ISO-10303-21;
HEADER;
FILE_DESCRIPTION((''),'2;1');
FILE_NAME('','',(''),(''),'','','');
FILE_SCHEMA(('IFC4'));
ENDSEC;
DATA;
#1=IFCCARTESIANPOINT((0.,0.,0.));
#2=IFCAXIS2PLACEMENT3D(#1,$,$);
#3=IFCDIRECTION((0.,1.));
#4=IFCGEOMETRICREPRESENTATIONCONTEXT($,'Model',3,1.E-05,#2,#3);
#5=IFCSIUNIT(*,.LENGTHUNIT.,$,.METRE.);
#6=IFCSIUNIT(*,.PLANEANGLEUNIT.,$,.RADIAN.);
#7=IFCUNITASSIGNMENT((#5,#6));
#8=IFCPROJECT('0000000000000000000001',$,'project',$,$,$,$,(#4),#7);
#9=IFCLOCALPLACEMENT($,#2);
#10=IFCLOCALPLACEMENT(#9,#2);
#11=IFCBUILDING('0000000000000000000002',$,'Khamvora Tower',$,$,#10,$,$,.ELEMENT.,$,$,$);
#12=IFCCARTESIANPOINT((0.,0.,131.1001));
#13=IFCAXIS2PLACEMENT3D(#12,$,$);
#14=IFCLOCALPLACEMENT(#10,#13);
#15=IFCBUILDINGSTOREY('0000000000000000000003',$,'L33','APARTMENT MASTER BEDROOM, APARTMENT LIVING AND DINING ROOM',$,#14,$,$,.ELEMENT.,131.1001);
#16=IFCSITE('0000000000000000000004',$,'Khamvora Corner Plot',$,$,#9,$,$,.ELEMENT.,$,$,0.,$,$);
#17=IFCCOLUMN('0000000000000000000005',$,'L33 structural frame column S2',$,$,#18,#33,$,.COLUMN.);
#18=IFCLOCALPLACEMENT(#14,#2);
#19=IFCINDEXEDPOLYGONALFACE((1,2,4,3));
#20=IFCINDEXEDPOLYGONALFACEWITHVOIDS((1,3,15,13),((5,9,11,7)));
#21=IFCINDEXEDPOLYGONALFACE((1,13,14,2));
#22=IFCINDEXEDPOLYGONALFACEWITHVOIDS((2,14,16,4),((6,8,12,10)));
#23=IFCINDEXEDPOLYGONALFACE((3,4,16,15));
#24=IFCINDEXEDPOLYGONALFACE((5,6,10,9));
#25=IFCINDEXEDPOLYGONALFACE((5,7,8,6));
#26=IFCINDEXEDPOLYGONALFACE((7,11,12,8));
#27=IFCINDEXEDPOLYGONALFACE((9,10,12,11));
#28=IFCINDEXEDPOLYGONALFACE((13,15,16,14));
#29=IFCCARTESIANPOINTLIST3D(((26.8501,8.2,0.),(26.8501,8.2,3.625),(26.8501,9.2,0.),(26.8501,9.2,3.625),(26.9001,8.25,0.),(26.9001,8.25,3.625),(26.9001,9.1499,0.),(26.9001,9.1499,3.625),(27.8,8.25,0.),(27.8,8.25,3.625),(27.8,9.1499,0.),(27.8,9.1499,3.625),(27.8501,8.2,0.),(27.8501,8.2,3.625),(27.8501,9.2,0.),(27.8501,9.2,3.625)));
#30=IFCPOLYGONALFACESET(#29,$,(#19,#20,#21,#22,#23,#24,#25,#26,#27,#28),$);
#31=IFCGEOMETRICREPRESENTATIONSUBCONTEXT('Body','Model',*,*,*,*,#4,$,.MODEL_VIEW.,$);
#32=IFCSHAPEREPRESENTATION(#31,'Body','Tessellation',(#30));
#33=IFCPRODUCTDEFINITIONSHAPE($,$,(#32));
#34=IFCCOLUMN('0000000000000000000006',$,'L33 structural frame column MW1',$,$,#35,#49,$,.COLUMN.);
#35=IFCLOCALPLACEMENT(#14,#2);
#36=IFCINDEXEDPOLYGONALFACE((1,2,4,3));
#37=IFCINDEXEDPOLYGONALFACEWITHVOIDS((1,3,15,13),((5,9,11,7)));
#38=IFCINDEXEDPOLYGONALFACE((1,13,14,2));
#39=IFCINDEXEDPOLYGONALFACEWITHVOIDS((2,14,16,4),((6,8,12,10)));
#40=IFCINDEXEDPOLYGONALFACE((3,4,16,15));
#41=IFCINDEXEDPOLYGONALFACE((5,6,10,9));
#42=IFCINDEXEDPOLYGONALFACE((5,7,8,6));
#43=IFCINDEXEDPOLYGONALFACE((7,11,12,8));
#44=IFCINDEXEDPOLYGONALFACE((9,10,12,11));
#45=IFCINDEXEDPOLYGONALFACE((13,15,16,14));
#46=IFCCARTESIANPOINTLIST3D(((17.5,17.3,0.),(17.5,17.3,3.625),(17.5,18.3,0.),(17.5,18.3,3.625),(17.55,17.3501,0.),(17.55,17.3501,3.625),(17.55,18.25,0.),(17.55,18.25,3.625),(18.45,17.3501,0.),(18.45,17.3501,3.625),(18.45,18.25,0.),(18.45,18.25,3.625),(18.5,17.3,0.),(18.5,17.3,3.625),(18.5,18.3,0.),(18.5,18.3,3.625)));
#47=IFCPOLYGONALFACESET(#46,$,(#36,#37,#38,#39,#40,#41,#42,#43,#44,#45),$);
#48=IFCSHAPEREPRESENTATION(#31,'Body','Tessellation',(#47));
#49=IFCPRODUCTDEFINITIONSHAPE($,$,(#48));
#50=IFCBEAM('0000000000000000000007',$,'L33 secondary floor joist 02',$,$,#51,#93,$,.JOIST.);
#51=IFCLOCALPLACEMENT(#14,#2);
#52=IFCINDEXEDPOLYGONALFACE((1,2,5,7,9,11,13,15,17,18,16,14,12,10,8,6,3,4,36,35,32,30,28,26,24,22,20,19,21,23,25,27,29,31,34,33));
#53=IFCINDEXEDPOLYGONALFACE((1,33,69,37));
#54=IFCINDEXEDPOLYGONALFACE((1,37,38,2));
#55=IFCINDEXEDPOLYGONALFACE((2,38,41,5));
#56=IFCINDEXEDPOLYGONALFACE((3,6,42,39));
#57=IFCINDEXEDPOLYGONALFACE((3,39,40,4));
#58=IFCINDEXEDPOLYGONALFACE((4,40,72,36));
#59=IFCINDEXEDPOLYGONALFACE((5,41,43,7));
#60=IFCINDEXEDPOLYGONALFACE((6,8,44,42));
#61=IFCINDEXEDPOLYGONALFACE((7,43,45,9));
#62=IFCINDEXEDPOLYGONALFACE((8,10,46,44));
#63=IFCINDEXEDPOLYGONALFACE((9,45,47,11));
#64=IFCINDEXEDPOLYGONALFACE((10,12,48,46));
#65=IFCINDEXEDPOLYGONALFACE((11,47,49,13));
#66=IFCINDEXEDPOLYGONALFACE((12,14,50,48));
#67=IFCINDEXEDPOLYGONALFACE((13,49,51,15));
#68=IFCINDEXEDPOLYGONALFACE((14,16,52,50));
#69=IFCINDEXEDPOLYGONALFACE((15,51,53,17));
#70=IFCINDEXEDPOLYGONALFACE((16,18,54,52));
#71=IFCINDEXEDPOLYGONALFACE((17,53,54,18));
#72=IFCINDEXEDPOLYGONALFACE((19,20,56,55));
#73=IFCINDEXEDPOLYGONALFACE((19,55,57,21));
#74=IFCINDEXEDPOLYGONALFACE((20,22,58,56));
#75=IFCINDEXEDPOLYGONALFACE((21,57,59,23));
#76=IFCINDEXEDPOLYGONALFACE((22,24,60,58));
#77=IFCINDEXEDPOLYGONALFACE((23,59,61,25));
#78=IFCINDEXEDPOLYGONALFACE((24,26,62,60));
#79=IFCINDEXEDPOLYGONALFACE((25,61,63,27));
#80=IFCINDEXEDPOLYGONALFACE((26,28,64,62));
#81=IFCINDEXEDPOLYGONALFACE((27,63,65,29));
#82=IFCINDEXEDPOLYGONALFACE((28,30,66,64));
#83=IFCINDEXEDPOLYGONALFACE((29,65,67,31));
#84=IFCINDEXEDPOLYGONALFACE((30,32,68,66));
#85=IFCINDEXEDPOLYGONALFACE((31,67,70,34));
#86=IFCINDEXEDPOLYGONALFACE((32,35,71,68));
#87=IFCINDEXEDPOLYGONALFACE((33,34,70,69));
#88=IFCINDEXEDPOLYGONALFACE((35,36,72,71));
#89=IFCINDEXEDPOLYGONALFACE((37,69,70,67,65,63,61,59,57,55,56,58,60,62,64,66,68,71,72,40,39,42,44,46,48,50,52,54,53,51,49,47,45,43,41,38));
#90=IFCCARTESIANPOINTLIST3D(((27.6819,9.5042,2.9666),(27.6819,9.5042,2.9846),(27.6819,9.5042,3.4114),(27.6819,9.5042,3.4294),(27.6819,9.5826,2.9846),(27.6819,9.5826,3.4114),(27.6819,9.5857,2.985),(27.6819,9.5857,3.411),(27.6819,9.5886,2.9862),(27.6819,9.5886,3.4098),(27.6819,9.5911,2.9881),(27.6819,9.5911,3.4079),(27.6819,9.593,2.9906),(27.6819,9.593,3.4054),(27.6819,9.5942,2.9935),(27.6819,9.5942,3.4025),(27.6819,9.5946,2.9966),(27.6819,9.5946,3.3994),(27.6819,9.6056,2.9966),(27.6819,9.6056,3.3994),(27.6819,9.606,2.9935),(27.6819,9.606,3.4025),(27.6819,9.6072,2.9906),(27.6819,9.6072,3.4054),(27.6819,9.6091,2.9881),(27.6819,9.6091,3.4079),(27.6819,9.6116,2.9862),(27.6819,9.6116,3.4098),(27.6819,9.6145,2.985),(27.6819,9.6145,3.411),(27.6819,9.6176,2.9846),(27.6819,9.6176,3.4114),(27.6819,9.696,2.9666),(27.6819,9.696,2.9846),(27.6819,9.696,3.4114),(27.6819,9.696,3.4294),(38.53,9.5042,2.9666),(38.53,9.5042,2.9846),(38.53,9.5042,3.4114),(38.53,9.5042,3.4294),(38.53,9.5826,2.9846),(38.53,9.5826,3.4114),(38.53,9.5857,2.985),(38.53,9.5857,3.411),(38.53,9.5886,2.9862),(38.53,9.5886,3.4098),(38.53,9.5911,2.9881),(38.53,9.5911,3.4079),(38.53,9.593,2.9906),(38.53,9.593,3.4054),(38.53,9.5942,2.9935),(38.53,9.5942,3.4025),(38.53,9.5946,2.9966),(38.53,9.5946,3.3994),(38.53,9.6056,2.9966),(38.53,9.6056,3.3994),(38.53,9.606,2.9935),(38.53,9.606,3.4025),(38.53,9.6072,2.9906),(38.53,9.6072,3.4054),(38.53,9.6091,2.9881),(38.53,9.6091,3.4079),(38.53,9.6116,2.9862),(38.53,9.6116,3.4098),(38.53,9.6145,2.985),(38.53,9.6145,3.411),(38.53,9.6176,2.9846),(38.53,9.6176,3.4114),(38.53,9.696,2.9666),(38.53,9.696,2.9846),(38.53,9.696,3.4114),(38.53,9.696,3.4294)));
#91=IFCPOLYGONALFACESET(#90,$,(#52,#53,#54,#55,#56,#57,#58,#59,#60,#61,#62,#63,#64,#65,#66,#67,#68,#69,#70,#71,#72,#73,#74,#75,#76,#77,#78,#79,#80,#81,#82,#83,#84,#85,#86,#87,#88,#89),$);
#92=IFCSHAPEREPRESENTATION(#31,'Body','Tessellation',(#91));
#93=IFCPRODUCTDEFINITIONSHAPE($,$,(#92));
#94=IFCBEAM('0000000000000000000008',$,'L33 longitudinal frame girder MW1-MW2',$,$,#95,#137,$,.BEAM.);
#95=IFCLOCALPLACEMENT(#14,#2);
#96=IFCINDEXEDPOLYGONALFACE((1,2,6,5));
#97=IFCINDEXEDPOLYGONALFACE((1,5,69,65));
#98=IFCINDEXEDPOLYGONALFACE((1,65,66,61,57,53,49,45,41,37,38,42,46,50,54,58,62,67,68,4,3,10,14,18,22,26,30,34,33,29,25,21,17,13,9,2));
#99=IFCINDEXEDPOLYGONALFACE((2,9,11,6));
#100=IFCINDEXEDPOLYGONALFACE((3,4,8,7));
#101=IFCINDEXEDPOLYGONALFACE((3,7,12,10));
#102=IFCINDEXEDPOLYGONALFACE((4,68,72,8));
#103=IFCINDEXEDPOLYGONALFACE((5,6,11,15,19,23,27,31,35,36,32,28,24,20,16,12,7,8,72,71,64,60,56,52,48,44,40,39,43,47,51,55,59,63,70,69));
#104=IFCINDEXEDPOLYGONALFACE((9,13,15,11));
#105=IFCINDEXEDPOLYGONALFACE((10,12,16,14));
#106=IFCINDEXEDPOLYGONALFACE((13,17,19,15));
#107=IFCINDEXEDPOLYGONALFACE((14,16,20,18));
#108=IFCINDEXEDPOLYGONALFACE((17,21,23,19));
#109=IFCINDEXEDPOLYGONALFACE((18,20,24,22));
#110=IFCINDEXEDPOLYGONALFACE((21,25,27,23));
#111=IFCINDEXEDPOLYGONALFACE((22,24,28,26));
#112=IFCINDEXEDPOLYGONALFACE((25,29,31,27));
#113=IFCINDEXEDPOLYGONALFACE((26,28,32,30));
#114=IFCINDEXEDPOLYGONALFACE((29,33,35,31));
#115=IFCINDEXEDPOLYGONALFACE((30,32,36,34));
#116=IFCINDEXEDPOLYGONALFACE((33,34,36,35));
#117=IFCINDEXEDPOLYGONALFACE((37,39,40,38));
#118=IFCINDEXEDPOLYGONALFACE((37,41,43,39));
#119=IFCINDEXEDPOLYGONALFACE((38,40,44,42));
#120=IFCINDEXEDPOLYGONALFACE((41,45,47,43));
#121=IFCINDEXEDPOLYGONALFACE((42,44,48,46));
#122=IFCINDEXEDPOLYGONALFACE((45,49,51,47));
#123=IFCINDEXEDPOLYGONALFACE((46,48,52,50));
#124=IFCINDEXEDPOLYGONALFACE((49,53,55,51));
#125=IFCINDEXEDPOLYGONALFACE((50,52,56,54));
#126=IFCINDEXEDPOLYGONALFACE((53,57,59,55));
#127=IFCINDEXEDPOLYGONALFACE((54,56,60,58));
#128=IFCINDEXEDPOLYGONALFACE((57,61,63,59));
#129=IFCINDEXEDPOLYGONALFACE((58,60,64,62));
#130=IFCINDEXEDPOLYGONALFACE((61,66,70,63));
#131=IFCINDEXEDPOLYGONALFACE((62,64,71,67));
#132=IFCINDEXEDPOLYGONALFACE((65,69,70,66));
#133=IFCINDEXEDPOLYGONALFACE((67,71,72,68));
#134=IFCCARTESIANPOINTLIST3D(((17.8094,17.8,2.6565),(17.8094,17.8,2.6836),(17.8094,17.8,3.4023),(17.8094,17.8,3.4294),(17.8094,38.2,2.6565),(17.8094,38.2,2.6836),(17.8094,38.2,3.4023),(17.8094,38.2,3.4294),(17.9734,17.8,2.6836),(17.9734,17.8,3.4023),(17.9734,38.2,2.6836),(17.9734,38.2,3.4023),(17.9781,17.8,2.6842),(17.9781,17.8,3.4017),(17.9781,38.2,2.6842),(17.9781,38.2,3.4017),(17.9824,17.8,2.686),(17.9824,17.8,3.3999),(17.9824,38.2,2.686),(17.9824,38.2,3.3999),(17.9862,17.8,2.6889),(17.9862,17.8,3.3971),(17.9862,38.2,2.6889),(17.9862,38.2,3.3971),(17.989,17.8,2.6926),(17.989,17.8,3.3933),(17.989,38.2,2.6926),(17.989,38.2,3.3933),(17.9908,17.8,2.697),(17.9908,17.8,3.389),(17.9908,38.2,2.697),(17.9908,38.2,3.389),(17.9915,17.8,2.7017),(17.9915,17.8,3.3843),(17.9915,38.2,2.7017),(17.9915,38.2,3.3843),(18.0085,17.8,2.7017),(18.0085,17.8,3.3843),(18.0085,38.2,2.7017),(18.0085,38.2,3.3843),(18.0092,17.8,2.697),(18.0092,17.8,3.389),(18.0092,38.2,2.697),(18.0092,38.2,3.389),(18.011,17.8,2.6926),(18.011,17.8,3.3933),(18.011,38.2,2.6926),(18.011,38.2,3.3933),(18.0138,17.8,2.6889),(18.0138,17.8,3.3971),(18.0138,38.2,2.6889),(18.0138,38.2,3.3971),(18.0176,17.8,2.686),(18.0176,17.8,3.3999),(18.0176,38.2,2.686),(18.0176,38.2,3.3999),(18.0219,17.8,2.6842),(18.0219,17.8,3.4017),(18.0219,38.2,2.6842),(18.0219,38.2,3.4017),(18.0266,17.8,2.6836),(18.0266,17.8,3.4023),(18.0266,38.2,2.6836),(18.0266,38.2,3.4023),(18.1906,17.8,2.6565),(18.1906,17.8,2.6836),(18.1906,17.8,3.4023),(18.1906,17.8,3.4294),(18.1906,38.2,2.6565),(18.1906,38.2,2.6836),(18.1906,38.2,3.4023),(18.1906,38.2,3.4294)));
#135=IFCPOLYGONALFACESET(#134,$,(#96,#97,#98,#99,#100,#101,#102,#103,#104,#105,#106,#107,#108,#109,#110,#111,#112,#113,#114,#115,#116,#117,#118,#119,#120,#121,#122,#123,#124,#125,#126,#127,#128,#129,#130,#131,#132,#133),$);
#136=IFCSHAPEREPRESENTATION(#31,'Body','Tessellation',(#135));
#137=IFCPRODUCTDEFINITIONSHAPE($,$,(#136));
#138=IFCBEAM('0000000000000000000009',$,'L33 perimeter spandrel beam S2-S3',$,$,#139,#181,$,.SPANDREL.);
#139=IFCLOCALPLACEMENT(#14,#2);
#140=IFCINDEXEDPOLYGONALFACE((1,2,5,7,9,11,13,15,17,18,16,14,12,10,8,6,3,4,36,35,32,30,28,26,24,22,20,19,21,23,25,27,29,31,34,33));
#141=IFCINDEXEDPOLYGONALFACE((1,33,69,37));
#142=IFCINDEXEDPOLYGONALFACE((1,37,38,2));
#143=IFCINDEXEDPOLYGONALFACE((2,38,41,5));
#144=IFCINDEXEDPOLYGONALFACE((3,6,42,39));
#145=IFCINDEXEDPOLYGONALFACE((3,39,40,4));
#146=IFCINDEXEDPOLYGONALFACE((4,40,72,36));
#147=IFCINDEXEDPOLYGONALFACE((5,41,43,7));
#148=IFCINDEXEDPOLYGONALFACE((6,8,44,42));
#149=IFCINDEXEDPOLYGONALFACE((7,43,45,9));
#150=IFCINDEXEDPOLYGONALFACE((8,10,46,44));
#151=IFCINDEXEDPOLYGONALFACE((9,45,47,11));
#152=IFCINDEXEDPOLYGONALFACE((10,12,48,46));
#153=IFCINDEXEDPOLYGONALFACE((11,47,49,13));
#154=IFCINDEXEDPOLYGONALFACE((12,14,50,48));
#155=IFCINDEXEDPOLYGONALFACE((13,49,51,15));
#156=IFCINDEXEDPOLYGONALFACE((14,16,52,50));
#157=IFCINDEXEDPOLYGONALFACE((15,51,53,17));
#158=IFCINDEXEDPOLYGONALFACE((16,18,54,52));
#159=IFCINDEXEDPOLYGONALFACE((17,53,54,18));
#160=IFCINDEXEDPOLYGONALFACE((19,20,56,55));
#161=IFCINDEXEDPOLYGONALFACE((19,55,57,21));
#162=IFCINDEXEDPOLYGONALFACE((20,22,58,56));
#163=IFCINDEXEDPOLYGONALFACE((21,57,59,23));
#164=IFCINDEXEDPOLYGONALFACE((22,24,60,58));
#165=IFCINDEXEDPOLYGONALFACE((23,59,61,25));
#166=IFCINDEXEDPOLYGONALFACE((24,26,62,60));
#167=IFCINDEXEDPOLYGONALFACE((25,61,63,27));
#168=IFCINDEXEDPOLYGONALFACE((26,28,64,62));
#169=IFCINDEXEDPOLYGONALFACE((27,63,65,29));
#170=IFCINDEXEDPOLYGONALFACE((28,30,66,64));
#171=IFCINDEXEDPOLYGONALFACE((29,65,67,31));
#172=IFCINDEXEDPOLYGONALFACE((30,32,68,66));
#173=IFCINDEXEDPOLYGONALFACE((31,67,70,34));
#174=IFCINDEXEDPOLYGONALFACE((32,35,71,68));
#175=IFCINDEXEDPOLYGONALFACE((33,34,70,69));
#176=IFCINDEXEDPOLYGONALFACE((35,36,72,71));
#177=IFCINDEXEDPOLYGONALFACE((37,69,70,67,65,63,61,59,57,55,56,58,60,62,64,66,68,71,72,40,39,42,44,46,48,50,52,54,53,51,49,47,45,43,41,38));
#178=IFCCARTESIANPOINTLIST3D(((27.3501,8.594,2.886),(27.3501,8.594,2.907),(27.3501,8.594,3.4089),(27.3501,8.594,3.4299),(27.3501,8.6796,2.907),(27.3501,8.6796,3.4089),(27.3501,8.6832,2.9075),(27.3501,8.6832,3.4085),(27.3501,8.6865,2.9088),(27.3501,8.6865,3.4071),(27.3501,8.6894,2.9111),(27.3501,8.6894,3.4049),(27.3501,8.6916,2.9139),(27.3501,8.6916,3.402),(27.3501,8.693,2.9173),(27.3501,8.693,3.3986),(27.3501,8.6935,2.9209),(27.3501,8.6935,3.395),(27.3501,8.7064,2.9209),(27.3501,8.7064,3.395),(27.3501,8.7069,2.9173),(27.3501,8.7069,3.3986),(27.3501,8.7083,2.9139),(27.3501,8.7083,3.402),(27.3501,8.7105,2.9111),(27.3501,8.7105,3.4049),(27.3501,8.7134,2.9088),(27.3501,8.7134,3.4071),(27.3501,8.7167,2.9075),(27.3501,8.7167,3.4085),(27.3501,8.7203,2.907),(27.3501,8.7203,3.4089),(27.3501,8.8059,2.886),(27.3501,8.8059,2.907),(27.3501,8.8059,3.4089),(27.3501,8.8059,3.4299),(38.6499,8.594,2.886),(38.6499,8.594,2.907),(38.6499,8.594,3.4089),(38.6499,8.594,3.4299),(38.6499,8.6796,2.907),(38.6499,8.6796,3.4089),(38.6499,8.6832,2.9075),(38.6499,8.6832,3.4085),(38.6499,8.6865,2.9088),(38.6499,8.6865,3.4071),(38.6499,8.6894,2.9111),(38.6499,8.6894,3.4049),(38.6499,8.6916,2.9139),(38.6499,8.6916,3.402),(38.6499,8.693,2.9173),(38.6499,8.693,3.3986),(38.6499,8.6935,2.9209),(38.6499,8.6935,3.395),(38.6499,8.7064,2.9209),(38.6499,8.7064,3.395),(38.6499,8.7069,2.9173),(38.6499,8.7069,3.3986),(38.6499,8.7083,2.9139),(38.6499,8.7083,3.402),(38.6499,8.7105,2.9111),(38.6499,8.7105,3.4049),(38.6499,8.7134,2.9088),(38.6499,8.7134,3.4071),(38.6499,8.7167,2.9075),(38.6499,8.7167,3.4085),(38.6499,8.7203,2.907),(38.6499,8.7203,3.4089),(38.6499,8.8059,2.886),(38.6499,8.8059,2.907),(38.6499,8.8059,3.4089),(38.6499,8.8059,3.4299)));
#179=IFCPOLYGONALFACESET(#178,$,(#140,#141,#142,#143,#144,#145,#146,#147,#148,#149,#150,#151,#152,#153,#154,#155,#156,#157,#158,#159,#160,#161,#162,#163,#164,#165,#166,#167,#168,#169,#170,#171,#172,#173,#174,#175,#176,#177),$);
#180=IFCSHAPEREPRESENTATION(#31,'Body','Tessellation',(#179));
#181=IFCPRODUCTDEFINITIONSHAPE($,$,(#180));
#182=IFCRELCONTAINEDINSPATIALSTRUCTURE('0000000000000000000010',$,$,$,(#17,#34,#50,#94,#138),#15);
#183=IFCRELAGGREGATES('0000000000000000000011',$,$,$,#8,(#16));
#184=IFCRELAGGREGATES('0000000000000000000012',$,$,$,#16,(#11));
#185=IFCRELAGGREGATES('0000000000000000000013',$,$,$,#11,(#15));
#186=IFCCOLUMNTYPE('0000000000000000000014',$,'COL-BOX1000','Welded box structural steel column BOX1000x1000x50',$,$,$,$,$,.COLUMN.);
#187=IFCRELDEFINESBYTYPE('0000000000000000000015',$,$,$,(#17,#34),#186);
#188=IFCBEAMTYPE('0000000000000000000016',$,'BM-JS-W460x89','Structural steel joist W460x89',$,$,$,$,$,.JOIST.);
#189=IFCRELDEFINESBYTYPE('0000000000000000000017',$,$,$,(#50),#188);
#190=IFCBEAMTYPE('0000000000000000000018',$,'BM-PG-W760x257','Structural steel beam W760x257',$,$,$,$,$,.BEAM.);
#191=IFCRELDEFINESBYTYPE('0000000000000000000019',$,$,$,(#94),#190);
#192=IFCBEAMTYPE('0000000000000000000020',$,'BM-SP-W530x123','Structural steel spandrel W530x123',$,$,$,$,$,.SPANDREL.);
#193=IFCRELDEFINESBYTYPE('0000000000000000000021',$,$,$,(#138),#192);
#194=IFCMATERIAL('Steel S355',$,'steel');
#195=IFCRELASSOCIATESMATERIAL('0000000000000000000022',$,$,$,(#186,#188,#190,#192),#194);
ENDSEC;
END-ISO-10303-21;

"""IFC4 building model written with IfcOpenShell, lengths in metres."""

from ifc_helpers import new_model, si_unit, direction, frame, origin, origin_2d, place, context, subcontext, project, spatial, hollow_rectangle, i_section, extrude, material, material_profile, profile_set, type_object, element, save


model = new_model("IFC4")

# Units and contexts
model_context = context("Model", 3, precision=1e-05, world=origin(), true_north=direction((0.0, 1.0)))
body_context = subcontext(model_context, "Body", "Model", "MODEL_VIEW")
ifc_project = project(units=[si_unit("LENGTHUNIT", "METRE"), si_unit("PLANEANGLEUNIT", "RADIAN")], contexts=[model_context])

# Site, building, storey
site_placement = place(None, origin())
site = spatial("IfcSite", under=ifc_project, at=site_placement, Name="Khamvora Corner Plot", CompositionType="ELEMENT", RefElevation=0.0)
building_placement = place(site_placement, origin())
building = spatial("IfcBuilding", under=site, at=building_placement, Name="Khamvora Tower", CompositionType="ELEMENT")
storey_placement = place(building_placement, frame((0.0, 0.0, 131.1001)))
storey = spatial("IfcBuildingStorey", under=building, at=storey_placement, Name="L33", Description="APARTMENT MASTER BEDROOM, APARTMENT LIVING AND DINING ROOM", CompositionType="ELEMENT", Elevation=131.1001)

# Columns
ifc_material_1 = material(Name="Steel S355", Category="steel")
ifc_material_profile_1 = material_profile(ifc_material_1, hollow_rectangle(XDim=1.0, YDim=1.0, WallThickness=0.05, at=origin_2d()), Name="BOX1000x1000x50")
ifc_profile_set_1 = profile_set([ifc_material_profile_1], Name="Steel S355")
column_type = type_object("IfcColumnType", Name="COL-BOX1000", Description="Welded box structural steel column BOX1000x1000x50", PredefinedType="COLUMN", material=ifc_profile_set_1)
for number, where, z_axis, x_axis, name in (
    (1, (27.3501, 8.7, 0.0), (0.0, 0.0, 1.0), (1.0, 0.0, 0.0), "L33 structural frame column S2"),
    (2, (18.0, 17.8, 0.0), (0.0, 0.0, 1.0), (1.0, 0.0, 0.0), "L33 structural frame column MW1"),
):
    element("IfcColumn", number, at=place(storey_placement, frame(where, z_axis=z_axis, x_axis=x_axis)), inside=storey, type_object=column_type, Name=name, PredefinedType="COLUMN", context=body_context, shape_type="SweptSolid", body=[
        extrude(hollow_rectangle(XDim=1.0, YDim=1.0, WallThickness=0.05, at=origin_2d()), origin(), (0.0, 0.0, 1.0), 3.625),
    ])

# Beams
ifc_material_profile_2 = material_profile(ifc_material_1, i_section(OverallWidth=0.1919, OverallDepth=0.4629, WebThickness=0.011, FlangeThickness=0.0181, FilletRadius=0.012, at=origin_2d()), Name="W460x89")
ifc_profile_set_2 = profile_set([ifc_material_profile_2], Name="Steel S355")
beam_type_1 = type_object("IfcBeamType", Name="BM-JS-W460x89", Description="Structural steel joist W460x89", PredefinedType="JOIST", material=ifc_profile_set_2)
beam_1_placement = place(storey_placement, frame((27.6819, 9.6001, 3.198), z_axis=(1.0, 0.0, 0.0), x_axis=(0.0, 1.0, 0.0)))
element("IfcBeam", 3, at=beam_1_placement, inside=storey, type_object=beam_type_1, Name="L33 secondary floor joist 02", PredefinedType="JOIST", context=body_context, shape_type="SweptSolid", body=[
    extrude(i_section(OverallWidth=0.1919, OverallDepth=0.4629, WebThickness=0.011, FlangeThickness=0.0181, FilletRadius=0.012, at=origin_2d()), origin(), (0.0, 0.0, 1.0), 10.8481),
])
ifc_material_profile_3 = material_profile(ifc_material_1, i_section(OverallWidth=0.3811, OverallDepth=0.7729, WebThickness=0.0171, FlangeThickness=0.0271, FilletRadius=0.0181, at=origin_2d()), Name="W760x257")
ifc_profile_set_3 = profile_set([ifc_material_profile_3], Name="Steel S355")
beam_type_2 = type_object("IfcBeamType", Name="BM-PG-W760x257", Description="Structural steel beam W760x257", PredefinedType="BEAM", material=ifc_profile_set_3)
beam_2_placement = place(storey_placement, frame((18.0, 17.8, 3.043), z_axis=(0.0, 1.0, 0.0), x_axis=(-1.0, 0.0, 0.0)))
element("IfcBeam", 4, at=beam_2_placement, inside=storey, type_object=beam_type_2, Name="L33 longitudinal frame girder MW1-MW2", PredefinedType="BEAM", context=body_context, shape_type="SweptSolid", body=[
    extrude(i_section(OverallWidth=0.3811, OverallDepth=0.7729, WebThickness=0.0171, FlangeThickness=0.0271, FilletRadius=0.0181, at=origin_2d()), origin(), (0.0, 0.0, 1.0), 20.3999),
])
ifc_material_profile_4 = material_profile(ifc_material_1, i_section(OverallWidth=0.2119, OverallDepth=0.5439, WebThickness=0.0129, FlangeThickness=0.021, FilletRadius=0.0139, at=origin_2d()), Name="W530x123")
ifc_profile_set_4 = profile_set([ifc_material_profile_4], Name="Steel S355")
beam_type_3 = type_object("IfcBeamType", Name="BM-SP-W530x123", Description="Structural steel spandrel W530x123", PredefinedType="SPANDREL", material=ifc_profile_set_4)
beam_3_placement = place(storey_placement, frame((27.3501, 8.7, 3.158), z_axis=(1.0, 0.0, 0.0), x_axis=(0.0, 1.0, 0.0)))
element("IfcBeam", 5, at=beam_3_placement, inside=storey, type_object=beam_type_3, Name="L33 perimeter spandrel beam S2-S3", PredefinedType="SPANDREL", context=body_context, shape_type="SweptSolid", body=[
    extrude(i_section(OverallWidth=0.2119, OverallDepth=0.5439, WebThickness=0.0129, FlangeThickness=0.021, FilletRadius=0.0139, at=origin_2d()), origin(), (0.0, 0.0, 1.0), 11.2998),
])

save(model, "model.ifc")
